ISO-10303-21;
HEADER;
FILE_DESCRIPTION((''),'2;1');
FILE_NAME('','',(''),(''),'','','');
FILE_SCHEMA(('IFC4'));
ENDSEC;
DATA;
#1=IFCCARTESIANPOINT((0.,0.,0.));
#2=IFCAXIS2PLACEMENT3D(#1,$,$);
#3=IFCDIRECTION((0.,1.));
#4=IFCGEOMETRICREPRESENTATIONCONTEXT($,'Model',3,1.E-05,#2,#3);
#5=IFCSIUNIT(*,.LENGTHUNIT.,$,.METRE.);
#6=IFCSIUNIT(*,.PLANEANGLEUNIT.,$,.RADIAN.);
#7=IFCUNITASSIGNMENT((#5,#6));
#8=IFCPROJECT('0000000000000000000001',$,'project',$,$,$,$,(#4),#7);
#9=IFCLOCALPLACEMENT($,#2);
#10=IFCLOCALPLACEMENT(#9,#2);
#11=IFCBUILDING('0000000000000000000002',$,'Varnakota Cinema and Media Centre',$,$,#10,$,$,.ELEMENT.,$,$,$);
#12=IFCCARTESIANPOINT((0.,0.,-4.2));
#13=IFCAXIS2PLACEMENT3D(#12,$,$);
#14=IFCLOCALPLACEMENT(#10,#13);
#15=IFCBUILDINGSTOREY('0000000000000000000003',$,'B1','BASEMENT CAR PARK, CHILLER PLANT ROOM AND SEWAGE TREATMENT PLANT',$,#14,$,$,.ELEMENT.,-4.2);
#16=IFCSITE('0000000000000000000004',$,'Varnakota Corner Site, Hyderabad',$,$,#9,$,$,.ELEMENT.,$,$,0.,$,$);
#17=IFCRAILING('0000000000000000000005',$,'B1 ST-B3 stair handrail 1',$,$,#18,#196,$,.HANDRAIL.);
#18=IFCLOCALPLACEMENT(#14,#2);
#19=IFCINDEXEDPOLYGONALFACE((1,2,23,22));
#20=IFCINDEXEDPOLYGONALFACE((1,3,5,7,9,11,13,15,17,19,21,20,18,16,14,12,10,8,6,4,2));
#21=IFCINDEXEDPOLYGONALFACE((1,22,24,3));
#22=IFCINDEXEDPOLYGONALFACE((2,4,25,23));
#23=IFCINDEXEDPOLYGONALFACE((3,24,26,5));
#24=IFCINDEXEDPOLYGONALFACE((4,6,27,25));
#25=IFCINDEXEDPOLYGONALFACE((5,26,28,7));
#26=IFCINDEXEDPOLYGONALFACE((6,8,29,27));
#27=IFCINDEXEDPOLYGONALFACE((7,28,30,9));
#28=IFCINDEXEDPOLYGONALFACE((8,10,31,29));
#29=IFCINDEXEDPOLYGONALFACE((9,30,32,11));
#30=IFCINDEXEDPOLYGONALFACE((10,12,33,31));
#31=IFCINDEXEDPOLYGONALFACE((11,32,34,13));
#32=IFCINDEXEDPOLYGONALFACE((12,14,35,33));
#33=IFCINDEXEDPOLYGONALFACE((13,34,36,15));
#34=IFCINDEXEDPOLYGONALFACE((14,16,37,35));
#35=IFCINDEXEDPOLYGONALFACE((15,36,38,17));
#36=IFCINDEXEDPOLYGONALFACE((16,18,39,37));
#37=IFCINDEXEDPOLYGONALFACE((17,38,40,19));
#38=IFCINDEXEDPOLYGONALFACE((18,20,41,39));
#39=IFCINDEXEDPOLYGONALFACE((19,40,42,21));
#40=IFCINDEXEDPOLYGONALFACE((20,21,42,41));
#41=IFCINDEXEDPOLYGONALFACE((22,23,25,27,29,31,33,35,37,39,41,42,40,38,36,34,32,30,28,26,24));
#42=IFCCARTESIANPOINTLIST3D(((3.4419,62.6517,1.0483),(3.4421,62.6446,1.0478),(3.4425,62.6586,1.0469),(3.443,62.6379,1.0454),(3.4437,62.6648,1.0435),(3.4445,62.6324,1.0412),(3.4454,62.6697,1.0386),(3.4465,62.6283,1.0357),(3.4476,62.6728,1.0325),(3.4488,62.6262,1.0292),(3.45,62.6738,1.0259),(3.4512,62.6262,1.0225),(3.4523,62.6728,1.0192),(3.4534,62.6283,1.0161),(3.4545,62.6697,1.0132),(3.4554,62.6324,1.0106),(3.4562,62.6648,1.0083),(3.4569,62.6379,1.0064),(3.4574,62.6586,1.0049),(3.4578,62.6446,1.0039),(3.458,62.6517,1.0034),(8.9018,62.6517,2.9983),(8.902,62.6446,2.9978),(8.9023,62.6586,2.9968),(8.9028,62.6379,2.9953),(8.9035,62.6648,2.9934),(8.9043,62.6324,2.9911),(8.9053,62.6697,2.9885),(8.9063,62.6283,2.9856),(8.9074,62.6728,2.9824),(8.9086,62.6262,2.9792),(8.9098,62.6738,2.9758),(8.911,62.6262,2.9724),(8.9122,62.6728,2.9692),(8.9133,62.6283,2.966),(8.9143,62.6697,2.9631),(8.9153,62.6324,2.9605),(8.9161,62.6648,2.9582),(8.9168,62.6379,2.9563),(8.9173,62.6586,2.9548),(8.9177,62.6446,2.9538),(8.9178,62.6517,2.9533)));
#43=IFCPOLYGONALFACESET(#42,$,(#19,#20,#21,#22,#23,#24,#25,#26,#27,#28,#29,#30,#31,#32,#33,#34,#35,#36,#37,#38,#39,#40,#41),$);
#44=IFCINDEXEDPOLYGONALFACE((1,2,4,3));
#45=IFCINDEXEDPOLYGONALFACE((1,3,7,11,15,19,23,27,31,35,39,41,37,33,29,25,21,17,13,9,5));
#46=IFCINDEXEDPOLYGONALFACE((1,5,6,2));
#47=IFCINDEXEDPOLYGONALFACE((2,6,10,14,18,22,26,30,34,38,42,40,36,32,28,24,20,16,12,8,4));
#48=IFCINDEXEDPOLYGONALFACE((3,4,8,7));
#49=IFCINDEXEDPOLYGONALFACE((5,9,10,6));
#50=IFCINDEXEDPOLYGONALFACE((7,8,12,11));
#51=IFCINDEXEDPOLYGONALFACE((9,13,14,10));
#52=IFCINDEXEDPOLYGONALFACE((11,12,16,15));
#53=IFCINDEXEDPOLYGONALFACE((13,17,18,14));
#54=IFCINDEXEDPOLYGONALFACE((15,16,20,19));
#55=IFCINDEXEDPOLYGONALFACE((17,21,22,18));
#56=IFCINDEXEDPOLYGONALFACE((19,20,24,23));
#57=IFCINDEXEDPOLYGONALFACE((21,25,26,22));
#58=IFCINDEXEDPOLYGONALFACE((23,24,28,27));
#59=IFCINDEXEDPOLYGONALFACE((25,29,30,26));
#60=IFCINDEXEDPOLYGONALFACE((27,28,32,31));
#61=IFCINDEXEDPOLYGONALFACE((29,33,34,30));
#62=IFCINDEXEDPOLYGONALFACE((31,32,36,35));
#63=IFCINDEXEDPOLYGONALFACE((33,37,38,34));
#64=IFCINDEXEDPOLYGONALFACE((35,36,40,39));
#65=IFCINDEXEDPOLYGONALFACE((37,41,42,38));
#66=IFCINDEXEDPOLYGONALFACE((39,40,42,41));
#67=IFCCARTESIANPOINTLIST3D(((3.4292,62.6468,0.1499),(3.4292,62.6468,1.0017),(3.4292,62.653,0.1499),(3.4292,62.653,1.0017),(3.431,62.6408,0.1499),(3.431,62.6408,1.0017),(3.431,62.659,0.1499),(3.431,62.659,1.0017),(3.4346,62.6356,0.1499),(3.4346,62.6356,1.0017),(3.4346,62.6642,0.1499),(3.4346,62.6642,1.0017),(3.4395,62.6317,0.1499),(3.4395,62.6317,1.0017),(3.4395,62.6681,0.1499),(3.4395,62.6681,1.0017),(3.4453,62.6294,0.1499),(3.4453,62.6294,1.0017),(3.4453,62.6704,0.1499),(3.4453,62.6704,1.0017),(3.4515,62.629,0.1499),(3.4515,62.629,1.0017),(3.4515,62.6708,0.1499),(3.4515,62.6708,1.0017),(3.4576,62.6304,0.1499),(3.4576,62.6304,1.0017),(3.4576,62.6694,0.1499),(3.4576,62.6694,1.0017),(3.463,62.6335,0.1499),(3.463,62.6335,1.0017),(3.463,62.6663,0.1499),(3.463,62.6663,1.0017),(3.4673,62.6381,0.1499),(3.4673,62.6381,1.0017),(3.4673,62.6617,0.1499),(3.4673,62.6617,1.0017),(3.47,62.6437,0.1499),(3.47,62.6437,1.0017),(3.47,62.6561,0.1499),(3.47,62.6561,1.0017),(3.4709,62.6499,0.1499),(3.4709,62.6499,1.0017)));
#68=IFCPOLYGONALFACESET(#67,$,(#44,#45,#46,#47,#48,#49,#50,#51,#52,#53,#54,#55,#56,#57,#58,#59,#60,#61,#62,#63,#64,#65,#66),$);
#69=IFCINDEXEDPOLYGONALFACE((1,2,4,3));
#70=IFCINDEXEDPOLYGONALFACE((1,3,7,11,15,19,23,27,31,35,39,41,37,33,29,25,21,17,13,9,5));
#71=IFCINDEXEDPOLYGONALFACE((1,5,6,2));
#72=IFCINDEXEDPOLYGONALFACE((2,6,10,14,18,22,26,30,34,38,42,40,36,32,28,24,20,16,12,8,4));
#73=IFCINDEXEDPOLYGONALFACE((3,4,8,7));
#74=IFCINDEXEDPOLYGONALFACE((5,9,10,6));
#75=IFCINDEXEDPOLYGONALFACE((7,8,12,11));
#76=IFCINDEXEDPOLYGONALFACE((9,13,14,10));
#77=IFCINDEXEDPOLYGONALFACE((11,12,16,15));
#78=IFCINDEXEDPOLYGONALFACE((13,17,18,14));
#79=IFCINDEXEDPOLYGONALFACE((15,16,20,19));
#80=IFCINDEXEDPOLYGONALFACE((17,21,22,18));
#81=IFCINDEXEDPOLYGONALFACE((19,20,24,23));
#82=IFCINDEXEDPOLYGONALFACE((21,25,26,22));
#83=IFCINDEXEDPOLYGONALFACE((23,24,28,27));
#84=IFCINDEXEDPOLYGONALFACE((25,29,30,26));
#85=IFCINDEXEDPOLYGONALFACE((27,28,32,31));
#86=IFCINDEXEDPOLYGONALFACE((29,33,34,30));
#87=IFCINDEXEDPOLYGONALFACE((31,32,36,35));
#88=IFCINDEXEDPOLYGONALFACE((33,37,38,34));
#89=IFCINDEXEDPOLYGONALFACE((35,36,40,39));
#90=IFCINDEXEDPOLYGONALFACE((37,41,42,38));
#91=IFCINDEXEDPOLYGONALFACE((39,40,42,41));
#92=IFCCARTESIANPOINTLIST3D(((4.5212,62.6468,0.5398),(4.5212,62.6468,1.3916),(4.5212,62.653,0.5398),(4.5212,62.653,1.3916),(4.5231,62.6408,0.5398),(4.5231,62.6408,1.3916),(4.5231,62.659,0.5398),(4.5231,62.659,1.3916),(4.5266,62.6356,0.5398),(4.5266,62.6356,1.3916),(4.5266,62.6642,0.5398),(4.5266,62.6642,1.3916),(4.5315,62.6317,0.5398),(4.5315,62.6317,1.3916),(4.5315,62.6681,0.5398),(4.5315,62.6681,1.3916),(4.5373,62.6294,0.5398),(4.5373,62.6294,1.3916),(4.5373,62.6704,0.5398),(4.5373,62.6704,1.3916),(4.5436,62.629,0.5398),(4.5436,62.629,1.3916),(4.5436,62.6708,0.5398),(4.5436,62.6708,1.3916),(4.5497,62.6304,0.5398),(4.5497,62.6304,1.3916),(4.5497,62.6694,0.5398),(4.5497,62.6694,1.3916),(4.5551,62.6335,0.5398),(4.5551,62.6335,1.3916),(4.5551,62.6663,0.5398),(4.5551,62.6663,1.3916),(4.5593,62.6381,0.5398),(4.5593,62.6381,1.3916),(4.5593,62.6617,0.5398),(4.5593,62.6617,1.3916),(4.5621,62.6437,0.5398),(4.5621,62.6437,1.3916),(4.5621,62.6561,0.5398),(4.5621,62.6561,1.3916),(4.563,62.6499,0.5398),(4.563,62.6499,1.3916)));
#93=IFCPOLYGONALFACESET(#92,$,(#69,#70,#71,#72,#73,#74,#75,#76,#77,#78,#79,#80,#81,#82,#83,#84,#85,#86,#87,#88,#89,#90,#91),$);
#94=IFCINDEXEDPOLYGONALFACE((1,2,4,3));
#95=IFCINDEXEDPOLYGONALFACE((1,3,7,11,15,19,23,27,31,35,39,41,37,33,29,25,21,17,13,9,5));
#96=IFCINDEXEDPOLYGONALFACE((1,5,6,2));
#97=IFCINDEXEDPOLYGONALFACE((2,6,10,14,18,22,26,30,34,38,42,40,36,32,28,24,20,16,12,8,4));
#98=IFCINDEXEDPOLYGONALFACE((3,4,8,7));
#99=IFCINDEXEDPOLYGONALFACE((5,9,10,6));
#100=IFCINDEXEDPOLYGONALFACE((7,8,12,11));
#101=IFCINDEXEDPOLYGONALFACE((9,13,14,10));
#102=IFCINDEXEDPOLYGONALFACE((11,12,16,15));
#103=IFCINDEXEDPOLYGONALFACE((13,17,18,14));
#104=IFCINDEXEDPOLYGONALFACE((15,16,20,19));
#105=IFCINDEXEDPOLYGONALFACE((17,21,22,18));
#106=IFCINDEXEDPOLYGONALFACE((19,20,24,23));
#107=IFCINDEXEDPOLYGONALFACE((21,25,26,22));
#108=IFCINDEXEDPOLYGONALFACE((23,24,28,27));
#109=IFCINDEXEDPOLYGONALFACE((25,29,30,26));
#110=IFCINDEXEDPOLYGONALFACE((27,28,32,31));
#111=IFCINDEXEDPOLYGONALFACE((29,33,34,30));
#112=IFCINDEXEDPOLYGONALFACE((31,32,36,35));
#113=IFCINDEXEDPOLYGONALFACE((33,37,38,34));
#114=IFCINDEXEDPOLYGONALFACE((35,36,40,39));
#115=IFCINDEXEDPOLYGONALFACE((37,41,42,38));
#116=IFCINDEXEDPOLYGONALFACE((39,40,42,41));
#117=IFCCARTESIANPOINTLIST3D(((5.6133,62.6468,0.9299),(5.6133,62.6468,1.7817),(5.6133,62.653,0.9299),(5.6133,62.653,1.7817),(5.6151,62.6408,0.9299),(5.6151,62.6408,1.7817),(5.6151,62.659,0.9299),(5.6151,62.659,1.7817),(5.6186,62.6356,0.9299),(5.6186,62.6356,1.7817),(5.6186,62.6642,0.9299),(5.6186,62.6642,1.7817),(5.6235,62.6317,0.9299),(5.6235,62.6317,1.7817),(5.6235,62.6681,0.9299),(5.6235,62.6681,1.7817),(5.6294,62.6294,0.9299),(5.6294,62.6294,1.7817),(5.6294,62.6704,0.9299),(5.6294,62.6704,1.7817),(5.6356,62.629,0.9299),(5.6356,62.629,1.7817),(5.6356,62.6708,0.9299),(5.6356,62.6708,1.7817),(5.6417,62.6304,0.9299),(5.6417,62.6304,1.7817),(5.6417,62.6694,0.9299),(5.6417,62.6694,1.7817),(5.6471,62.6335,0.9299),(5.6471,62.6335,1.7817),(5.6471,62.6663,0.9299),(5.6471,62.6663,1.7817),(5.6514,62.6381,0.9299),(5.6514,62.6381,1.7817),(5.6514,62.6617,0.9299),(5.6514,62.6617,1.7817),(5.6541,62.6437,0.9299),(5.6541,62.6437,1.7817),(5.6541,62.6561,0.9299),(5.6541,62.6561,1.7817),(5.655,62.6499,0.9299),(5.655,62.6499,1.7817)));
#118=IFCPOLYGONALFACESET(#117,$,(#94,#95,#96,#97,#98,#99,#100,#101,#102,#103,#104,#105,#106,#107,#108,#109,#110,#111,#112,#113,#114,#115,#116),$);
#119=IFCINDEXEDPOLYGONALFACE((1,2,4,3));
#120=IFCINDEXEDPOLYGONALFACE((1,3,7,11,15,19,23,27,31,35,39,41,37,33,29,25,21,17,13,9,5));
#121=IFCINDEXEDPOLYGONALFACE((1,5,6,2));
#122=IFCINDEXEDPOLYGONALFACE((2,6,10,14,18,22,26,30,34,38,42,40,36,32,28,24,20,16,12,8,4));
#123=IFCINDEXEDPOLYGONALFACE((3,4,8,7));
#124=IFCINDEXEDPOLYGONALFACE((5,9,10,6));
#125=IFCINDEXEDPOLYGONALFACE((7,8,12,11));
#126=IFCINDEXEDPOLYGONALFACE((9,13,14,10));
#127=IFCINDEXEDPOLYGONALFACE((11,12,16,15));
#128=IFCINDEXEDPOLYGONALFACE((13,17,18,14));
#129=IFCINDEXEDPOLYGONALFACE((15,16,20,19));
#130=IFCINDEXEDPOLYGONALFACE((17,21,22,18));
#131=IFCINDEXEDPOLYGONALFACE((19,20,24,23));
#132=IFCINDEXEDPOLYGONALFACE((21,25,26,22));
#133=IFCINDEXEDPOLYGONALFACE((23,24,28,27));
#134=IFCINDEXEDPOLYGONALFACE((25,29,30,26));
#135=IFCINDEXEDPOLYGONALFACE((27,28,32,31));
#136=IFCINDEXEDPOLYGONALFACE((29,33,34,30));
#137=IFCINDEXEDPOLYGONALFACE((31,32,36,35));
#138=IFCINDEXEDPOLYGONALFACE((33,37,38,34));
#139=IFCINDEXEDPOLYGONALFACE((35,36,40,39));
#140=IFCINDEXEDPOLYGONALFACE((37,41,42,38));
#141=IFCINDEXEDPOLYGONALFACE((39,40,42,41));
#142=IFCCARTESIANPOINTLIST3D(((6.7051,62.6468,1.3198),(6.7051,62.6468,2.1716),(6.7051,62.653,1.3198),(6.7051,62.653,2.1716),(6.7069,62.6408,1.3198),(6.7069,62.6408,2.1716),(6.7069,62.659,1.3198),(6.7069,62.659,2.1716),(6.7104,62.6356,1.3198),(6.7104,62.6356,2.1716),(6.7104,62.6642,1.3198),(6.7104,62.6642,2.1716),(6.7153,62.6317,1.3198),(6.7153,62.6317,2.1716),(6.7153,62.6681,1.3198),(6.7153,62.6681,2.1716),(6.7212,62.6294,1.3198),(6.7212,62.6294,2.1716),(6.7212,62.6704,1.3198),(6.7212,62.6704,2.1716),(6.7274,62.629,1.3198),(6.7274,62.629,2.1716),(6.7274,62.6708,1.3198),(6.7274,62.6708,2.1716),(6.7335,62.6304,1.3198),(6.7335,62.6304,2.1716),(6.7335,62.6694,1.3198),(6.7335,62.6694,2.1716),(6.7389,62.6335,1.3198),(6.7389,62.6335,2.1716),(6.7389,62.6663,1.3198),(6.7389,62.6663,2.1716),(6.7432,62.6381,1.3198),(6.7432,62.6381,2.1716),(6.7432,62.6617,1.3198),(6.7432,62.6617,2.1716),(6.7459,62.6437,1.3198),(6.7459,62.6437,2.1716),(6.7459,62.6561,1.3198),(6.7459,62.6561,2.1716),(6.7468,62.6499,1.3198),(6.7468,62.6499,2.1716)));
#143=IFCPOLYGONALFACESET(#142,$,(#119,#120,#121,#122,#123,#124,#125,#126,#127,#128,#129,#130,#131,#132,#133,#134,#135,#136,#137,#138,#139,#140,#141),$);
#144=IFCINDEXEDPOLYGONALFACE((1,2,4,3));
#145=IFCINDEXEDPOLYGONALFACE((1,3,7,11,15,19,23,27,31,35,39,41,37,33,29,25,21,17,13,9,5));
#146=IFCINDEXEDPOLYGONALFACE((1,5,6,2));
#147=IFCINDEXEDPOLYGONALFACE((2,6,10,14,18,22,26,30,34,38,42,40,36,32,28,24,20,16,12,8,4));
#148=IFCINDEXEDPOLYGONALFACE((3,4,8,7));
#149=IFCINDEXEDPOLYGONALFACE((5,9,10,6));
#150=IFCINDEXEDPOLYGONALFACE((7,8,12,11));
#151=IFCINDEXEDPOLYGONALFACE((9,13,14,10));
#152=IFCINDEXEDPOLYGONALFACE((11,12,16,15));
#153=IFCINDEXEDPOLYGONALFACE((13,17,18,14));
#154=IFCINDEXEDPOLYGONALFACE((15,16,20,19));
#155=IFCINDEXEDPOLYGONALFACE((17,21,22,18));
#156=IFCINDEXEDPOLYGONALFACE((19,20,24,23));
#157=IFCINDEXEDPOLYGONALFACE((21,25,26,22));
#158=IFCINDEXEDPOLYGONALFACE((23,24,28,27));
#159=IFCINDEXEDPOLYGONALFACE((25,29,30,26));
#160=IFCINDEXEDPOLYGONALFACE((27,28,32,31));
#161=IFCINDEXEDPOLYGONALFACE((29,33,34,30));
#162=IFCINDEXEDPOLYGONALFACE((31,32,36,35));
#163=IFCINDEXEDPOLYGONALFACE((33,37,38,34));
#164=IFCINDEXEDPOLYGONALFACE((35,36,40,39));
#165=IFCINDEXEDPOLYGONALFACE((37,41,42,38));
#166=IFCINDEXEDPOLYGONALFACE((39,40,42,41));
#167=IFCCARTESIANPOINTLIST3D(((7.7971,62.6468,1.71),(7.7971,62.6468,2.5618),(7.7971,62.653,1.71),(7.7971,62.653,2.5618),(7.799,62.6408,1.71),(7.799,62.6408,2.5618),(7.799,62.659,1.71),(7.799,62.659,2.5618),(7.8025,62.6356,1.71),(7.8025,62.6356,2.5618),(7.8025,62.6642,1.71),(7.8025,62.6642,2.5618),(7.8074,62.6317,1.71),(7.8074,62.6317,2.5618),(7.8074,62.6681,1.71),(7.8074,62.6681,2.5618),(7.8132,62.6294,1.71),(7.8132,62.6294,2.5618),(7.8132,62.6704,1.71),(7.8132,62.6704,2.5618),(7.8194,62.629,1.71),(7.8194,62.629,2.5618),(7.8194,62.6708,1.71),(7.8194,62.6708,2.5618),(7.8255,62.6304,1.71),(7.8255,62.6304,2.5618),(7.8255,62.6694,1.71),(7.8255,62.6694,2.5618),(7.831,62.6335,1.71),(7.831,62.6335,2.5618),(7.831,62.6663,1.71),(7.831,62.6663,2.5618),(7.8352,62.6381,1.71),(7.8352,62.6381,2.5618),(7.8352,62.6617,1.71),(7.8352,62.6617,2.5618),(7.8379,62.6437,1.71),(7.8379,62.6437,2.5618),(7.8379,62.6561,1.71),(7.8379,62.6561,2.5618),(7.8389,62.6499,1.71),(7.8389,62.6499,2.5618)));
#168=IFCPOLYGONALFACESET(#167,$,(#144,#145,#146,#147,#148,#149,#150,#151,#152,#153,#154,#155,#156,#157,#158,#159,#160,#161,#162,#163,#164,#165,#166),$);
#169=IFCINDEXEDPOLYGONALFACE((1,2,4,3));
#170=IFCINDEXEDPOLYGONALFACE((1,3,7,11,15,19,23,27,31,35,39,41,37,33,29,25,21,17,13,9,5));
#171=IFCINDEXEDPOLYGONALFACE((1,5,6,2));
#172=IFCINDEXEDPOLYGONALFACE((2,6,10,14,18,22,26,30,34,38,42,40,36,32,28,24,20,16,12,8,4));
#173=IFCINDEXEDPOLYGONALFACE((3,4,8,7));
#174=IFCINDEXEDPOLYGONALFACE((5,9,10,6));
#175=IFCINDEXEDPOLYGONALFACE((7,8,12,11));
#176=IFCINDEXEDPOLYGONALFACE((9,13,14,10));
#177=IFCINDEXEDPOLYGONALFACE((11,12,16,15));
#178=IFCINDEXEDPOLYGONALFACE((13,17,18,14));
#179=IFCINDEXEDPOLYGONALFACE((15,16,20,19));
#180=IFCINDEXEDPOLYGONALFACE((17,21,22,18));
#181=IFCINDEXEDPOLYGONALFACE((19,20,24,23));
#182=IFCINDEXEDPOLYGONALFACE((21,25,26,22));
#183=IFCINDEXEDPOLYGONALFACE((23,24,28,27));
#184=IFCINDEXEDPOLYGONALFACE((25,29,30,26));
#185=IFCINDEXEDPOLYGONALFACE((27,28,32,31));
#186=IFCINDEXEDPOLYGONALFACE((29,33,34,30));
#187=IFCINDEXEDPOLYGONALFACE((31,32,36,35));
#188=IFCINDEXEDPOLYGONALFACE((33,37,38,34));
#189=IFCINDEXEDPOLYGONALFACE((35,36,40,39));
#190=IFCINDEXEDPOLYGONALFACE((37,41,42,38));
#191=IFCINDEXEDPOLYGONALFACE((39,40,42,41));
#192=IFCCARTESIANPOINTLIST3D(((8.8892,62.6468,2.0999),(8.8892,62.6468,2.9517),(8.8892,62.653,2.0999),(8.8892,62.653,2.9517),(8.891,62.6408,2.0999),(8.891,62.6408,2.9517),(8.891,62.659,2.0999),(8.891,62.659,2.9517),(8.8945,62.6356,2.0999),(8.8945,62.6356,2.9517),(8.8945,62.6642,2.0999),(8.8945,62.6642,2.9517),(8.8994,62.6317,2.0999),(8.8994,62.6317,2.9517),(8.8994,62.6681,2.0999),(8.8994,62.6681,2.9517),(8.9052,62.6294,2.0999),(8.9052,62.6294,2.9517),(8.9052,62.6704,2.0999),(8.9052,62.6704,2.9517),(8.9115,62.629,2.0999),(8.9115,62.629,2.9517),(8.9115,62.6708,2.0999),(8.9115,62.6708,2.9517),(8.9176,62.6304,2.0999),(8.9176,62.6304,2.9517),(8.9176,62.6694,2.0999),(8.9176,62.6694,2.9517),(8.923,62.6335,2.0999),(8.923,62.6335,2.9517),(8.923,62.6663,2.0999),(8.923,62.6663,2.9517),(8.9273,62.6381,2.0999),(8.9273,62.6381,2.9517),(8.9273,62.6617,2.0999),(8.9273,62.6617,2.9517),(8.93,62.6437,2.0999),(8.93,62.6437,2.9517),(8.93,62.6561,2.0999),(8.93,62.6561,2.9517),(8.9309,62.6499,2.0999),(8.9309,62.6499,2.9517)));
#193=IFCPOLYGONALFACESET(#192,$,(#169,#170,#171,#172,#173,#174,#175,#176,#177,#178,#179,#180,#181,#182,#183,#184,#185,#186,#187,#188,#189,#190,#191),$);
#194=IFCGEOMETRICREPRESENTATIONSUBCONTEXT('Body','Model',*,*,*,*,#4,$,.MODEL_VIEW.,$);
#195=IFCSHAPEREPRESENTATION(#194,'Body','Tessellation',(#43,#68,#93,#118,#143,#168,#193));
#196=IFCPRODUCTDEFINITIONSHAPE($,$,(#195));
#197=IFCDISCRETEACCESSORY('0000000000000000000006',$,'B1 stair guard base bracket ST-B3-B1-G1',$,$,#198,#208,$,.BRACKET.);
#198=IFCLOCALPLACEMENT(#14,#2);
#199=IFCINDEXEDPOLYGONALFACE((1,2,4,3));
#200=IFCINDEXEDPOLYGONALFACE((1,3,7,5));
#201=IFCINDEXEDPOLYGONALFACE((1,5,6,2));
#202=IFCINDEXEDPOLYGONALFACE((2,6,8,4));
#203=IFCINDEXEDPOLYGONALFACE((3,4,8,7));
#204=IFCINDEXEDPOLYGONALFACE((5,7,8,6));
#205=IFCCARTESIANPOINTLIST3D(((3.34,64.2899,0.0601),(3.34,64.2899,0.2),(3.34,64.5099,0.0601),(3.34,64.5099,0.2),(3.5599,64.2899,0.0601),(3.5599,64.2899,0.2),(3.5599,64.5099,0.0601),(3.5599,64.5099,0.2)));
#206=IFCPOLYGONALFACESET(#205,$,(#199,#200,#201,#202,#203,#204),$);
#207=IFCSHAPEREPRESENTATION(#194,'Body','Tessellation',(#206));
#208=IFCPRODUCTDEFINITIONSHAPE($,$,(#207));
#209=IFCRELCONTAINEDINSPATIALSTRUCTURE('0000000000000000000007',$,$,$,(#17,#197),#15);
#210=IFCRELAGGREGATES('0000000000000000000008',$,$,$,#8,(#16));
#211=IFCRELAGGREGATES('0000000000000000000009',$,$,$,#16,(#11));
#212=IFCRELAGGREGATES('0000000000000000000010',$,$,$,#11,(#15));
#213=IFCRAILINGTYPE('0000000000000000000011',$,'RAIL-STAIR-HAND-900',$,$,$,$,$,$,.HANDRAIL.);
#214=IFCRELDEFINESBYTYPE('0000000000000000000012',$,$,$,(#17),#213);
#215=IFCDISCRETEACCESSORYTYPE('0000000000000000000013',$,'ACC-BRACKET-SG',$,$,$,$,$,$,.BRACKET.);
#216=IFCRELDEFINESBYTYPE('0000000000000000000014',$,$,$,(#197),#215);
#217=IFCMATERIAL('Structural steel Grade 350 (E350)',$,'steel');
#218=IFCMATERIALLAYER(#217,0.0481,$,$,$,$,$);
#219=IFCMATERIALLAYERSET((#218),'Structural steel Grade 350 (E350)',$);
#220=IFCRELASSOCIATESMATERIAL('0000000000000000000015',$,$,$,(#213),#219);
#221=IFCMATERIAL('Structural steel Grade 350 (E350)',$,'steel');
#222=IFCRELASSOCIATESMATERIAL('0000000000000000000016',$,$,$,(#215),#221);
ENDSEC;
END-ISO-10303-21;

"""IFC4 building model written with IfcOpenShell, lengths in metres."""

from ifc_helpers import new_model, si_unit, direction, frame, origin, origin_2d, place, context, subcontext, project, spatial, rectangle, circle, extrude, material, layer, layer_set, type_object, element, save


model = new_model("IFC4")

# Units and contexts
model_context = context("Model", 3, precision=1e-05, world=origin(), true_north=direction((0.0, 1.0)))
body_context = subcontext(model_context, "Body", "Model", "MODEL_VIEW")
ifc_project = project(units=[si_unit("LENGTHUNIT", "METRE"), si_unit("PLANEANGLEUNIT", "RADIAN")], contexts=[model_context])

# Site, building, storey
site_placement = place(None, origin())
site = spatial("IfcSite", under=ifc_project, at=site_placement, Name="Varnakota Corner Site, Hyderabad", CompositionType="ELEMENT", RefElevation=0.0)
building_placement = place(site_placement, origin())
building = spatial("IfcBuilding", under=site, at=building_placement, Name="Varnakota Cinema and Media Centre", CompositionType="ELEMENT")
storey_placement = place(building_placement, frame((0.0, 0.0, -4.2)))
storey = spatial("IfcBuildingStorey", under=building, at=storey_placement, Name="B1", Description="BASEMENT CAR PARK, CHILLER PLANT ROOM AND SEWAGE TREATMENT PLANT", CompositionType="ELEMENT", Elevation=-4.2)

# Railing
ifc_material_1 = material(Name="Structural steel Grade 350 (E350)", Category="steel")
ifc_layer_1 = layer(ifc_material_1, 0.0481)
ifc_layer_set_1 = layer_set([ifc_layer_1], Name="Structural steel Grade 350 (E350)")
railing_type_1 = type_object("IfcRailingType", Name="RAIL-STAIR-HAND-900", PredefinedType="HANDRAIL", material=ifc_layer_set_1)
railing_1_placement = place(storey_placement, frame((3.45, 62.6499, 0.1499)))
element("IfcRailing", 1, at=railing_1_placement, inside=storey, type_object=railing_type_1, Name="B1 ST-B3 stair handrail 1", PredefinedType="HANDRAIL", context=body_context, shape_type="SweptSolid", body=[
    extrude(circle(Radius=0.0239, at=origin_2d()), frame((0.0, 0.0, 0.876), z_axis=(0.941744, 0.0, 0.336331), x_axis=(0.0, 1.0, 0.0)), (0.0, 0.0, 1.0), 5.7976),
    extrude(circle(Radius=0.021, at=origin_2d()), origin(), (0.0, 0.0, 1.0), 0.8518),
    extrude(circle(Radius=0.021, at=origin_2d()), frame((1.092, 0.0, 0.3899)), (0.0, 0.0, 1.0), 0.8518),
    extrude(circle(Radius=0.021, at=origin_2d()), frame((2.1841, 0.0, 0.78)), (0.0, 0.0, 1.0), 0.8518),
    extrude(circle(Radius=0.021, at=origin_2d()), frame((3.2759, 0.0, 1.1699)), (0.0, 0.0, 1.0), 0.8518),
    extrude(circle(Radius=0.021, at=origin_2d()), frame((4.3679, 0.0, 1.5601)), (0.0, 0.0, 1.0), 0.8518),
    extrude(circle(Radius=0.021, at=origin_2d()), frame((5.46, 0.0, 1.95)), (0.0, 0.0, 1.0), 0.8518),
])

# Discrete accessory
ifc_material_2 = material(Name="Structural steel Grade 350 (E350)", Category="steel")
discrete_accessory_type = type_object("IfcDiscreteAccessoryType", Name="ACC-BRACKET-SG", PredefinedType="BRACKET", material=ifc_material_2)
for number, where, z_axis, x_axis, name in (
    (2, (3.45, 64.3999, 0.0601), (0.0, 0.0, 1.0), (1.0, 0.0, 0.0), "B1 stair guard base bracket ST-B3-B1-G1"),
):
    element("IfcDiscreteAccessory", number, at=place(storey_placement, frame(where, z_axis=z_axis, x_axis=x_axis)), inside=storey, type_object=discrete_accessory_type, Name=name, PredefinedType="BRACKET", context=body_context, shape_type="SweptSolid", body=[
        extrude(rectangle(XDim=0.22, YDim=0.22, at=origin_2d()), origin(), (0.0, 0.0, 1.0), 0.1399),
    ])

save(model, "model.ifc")
